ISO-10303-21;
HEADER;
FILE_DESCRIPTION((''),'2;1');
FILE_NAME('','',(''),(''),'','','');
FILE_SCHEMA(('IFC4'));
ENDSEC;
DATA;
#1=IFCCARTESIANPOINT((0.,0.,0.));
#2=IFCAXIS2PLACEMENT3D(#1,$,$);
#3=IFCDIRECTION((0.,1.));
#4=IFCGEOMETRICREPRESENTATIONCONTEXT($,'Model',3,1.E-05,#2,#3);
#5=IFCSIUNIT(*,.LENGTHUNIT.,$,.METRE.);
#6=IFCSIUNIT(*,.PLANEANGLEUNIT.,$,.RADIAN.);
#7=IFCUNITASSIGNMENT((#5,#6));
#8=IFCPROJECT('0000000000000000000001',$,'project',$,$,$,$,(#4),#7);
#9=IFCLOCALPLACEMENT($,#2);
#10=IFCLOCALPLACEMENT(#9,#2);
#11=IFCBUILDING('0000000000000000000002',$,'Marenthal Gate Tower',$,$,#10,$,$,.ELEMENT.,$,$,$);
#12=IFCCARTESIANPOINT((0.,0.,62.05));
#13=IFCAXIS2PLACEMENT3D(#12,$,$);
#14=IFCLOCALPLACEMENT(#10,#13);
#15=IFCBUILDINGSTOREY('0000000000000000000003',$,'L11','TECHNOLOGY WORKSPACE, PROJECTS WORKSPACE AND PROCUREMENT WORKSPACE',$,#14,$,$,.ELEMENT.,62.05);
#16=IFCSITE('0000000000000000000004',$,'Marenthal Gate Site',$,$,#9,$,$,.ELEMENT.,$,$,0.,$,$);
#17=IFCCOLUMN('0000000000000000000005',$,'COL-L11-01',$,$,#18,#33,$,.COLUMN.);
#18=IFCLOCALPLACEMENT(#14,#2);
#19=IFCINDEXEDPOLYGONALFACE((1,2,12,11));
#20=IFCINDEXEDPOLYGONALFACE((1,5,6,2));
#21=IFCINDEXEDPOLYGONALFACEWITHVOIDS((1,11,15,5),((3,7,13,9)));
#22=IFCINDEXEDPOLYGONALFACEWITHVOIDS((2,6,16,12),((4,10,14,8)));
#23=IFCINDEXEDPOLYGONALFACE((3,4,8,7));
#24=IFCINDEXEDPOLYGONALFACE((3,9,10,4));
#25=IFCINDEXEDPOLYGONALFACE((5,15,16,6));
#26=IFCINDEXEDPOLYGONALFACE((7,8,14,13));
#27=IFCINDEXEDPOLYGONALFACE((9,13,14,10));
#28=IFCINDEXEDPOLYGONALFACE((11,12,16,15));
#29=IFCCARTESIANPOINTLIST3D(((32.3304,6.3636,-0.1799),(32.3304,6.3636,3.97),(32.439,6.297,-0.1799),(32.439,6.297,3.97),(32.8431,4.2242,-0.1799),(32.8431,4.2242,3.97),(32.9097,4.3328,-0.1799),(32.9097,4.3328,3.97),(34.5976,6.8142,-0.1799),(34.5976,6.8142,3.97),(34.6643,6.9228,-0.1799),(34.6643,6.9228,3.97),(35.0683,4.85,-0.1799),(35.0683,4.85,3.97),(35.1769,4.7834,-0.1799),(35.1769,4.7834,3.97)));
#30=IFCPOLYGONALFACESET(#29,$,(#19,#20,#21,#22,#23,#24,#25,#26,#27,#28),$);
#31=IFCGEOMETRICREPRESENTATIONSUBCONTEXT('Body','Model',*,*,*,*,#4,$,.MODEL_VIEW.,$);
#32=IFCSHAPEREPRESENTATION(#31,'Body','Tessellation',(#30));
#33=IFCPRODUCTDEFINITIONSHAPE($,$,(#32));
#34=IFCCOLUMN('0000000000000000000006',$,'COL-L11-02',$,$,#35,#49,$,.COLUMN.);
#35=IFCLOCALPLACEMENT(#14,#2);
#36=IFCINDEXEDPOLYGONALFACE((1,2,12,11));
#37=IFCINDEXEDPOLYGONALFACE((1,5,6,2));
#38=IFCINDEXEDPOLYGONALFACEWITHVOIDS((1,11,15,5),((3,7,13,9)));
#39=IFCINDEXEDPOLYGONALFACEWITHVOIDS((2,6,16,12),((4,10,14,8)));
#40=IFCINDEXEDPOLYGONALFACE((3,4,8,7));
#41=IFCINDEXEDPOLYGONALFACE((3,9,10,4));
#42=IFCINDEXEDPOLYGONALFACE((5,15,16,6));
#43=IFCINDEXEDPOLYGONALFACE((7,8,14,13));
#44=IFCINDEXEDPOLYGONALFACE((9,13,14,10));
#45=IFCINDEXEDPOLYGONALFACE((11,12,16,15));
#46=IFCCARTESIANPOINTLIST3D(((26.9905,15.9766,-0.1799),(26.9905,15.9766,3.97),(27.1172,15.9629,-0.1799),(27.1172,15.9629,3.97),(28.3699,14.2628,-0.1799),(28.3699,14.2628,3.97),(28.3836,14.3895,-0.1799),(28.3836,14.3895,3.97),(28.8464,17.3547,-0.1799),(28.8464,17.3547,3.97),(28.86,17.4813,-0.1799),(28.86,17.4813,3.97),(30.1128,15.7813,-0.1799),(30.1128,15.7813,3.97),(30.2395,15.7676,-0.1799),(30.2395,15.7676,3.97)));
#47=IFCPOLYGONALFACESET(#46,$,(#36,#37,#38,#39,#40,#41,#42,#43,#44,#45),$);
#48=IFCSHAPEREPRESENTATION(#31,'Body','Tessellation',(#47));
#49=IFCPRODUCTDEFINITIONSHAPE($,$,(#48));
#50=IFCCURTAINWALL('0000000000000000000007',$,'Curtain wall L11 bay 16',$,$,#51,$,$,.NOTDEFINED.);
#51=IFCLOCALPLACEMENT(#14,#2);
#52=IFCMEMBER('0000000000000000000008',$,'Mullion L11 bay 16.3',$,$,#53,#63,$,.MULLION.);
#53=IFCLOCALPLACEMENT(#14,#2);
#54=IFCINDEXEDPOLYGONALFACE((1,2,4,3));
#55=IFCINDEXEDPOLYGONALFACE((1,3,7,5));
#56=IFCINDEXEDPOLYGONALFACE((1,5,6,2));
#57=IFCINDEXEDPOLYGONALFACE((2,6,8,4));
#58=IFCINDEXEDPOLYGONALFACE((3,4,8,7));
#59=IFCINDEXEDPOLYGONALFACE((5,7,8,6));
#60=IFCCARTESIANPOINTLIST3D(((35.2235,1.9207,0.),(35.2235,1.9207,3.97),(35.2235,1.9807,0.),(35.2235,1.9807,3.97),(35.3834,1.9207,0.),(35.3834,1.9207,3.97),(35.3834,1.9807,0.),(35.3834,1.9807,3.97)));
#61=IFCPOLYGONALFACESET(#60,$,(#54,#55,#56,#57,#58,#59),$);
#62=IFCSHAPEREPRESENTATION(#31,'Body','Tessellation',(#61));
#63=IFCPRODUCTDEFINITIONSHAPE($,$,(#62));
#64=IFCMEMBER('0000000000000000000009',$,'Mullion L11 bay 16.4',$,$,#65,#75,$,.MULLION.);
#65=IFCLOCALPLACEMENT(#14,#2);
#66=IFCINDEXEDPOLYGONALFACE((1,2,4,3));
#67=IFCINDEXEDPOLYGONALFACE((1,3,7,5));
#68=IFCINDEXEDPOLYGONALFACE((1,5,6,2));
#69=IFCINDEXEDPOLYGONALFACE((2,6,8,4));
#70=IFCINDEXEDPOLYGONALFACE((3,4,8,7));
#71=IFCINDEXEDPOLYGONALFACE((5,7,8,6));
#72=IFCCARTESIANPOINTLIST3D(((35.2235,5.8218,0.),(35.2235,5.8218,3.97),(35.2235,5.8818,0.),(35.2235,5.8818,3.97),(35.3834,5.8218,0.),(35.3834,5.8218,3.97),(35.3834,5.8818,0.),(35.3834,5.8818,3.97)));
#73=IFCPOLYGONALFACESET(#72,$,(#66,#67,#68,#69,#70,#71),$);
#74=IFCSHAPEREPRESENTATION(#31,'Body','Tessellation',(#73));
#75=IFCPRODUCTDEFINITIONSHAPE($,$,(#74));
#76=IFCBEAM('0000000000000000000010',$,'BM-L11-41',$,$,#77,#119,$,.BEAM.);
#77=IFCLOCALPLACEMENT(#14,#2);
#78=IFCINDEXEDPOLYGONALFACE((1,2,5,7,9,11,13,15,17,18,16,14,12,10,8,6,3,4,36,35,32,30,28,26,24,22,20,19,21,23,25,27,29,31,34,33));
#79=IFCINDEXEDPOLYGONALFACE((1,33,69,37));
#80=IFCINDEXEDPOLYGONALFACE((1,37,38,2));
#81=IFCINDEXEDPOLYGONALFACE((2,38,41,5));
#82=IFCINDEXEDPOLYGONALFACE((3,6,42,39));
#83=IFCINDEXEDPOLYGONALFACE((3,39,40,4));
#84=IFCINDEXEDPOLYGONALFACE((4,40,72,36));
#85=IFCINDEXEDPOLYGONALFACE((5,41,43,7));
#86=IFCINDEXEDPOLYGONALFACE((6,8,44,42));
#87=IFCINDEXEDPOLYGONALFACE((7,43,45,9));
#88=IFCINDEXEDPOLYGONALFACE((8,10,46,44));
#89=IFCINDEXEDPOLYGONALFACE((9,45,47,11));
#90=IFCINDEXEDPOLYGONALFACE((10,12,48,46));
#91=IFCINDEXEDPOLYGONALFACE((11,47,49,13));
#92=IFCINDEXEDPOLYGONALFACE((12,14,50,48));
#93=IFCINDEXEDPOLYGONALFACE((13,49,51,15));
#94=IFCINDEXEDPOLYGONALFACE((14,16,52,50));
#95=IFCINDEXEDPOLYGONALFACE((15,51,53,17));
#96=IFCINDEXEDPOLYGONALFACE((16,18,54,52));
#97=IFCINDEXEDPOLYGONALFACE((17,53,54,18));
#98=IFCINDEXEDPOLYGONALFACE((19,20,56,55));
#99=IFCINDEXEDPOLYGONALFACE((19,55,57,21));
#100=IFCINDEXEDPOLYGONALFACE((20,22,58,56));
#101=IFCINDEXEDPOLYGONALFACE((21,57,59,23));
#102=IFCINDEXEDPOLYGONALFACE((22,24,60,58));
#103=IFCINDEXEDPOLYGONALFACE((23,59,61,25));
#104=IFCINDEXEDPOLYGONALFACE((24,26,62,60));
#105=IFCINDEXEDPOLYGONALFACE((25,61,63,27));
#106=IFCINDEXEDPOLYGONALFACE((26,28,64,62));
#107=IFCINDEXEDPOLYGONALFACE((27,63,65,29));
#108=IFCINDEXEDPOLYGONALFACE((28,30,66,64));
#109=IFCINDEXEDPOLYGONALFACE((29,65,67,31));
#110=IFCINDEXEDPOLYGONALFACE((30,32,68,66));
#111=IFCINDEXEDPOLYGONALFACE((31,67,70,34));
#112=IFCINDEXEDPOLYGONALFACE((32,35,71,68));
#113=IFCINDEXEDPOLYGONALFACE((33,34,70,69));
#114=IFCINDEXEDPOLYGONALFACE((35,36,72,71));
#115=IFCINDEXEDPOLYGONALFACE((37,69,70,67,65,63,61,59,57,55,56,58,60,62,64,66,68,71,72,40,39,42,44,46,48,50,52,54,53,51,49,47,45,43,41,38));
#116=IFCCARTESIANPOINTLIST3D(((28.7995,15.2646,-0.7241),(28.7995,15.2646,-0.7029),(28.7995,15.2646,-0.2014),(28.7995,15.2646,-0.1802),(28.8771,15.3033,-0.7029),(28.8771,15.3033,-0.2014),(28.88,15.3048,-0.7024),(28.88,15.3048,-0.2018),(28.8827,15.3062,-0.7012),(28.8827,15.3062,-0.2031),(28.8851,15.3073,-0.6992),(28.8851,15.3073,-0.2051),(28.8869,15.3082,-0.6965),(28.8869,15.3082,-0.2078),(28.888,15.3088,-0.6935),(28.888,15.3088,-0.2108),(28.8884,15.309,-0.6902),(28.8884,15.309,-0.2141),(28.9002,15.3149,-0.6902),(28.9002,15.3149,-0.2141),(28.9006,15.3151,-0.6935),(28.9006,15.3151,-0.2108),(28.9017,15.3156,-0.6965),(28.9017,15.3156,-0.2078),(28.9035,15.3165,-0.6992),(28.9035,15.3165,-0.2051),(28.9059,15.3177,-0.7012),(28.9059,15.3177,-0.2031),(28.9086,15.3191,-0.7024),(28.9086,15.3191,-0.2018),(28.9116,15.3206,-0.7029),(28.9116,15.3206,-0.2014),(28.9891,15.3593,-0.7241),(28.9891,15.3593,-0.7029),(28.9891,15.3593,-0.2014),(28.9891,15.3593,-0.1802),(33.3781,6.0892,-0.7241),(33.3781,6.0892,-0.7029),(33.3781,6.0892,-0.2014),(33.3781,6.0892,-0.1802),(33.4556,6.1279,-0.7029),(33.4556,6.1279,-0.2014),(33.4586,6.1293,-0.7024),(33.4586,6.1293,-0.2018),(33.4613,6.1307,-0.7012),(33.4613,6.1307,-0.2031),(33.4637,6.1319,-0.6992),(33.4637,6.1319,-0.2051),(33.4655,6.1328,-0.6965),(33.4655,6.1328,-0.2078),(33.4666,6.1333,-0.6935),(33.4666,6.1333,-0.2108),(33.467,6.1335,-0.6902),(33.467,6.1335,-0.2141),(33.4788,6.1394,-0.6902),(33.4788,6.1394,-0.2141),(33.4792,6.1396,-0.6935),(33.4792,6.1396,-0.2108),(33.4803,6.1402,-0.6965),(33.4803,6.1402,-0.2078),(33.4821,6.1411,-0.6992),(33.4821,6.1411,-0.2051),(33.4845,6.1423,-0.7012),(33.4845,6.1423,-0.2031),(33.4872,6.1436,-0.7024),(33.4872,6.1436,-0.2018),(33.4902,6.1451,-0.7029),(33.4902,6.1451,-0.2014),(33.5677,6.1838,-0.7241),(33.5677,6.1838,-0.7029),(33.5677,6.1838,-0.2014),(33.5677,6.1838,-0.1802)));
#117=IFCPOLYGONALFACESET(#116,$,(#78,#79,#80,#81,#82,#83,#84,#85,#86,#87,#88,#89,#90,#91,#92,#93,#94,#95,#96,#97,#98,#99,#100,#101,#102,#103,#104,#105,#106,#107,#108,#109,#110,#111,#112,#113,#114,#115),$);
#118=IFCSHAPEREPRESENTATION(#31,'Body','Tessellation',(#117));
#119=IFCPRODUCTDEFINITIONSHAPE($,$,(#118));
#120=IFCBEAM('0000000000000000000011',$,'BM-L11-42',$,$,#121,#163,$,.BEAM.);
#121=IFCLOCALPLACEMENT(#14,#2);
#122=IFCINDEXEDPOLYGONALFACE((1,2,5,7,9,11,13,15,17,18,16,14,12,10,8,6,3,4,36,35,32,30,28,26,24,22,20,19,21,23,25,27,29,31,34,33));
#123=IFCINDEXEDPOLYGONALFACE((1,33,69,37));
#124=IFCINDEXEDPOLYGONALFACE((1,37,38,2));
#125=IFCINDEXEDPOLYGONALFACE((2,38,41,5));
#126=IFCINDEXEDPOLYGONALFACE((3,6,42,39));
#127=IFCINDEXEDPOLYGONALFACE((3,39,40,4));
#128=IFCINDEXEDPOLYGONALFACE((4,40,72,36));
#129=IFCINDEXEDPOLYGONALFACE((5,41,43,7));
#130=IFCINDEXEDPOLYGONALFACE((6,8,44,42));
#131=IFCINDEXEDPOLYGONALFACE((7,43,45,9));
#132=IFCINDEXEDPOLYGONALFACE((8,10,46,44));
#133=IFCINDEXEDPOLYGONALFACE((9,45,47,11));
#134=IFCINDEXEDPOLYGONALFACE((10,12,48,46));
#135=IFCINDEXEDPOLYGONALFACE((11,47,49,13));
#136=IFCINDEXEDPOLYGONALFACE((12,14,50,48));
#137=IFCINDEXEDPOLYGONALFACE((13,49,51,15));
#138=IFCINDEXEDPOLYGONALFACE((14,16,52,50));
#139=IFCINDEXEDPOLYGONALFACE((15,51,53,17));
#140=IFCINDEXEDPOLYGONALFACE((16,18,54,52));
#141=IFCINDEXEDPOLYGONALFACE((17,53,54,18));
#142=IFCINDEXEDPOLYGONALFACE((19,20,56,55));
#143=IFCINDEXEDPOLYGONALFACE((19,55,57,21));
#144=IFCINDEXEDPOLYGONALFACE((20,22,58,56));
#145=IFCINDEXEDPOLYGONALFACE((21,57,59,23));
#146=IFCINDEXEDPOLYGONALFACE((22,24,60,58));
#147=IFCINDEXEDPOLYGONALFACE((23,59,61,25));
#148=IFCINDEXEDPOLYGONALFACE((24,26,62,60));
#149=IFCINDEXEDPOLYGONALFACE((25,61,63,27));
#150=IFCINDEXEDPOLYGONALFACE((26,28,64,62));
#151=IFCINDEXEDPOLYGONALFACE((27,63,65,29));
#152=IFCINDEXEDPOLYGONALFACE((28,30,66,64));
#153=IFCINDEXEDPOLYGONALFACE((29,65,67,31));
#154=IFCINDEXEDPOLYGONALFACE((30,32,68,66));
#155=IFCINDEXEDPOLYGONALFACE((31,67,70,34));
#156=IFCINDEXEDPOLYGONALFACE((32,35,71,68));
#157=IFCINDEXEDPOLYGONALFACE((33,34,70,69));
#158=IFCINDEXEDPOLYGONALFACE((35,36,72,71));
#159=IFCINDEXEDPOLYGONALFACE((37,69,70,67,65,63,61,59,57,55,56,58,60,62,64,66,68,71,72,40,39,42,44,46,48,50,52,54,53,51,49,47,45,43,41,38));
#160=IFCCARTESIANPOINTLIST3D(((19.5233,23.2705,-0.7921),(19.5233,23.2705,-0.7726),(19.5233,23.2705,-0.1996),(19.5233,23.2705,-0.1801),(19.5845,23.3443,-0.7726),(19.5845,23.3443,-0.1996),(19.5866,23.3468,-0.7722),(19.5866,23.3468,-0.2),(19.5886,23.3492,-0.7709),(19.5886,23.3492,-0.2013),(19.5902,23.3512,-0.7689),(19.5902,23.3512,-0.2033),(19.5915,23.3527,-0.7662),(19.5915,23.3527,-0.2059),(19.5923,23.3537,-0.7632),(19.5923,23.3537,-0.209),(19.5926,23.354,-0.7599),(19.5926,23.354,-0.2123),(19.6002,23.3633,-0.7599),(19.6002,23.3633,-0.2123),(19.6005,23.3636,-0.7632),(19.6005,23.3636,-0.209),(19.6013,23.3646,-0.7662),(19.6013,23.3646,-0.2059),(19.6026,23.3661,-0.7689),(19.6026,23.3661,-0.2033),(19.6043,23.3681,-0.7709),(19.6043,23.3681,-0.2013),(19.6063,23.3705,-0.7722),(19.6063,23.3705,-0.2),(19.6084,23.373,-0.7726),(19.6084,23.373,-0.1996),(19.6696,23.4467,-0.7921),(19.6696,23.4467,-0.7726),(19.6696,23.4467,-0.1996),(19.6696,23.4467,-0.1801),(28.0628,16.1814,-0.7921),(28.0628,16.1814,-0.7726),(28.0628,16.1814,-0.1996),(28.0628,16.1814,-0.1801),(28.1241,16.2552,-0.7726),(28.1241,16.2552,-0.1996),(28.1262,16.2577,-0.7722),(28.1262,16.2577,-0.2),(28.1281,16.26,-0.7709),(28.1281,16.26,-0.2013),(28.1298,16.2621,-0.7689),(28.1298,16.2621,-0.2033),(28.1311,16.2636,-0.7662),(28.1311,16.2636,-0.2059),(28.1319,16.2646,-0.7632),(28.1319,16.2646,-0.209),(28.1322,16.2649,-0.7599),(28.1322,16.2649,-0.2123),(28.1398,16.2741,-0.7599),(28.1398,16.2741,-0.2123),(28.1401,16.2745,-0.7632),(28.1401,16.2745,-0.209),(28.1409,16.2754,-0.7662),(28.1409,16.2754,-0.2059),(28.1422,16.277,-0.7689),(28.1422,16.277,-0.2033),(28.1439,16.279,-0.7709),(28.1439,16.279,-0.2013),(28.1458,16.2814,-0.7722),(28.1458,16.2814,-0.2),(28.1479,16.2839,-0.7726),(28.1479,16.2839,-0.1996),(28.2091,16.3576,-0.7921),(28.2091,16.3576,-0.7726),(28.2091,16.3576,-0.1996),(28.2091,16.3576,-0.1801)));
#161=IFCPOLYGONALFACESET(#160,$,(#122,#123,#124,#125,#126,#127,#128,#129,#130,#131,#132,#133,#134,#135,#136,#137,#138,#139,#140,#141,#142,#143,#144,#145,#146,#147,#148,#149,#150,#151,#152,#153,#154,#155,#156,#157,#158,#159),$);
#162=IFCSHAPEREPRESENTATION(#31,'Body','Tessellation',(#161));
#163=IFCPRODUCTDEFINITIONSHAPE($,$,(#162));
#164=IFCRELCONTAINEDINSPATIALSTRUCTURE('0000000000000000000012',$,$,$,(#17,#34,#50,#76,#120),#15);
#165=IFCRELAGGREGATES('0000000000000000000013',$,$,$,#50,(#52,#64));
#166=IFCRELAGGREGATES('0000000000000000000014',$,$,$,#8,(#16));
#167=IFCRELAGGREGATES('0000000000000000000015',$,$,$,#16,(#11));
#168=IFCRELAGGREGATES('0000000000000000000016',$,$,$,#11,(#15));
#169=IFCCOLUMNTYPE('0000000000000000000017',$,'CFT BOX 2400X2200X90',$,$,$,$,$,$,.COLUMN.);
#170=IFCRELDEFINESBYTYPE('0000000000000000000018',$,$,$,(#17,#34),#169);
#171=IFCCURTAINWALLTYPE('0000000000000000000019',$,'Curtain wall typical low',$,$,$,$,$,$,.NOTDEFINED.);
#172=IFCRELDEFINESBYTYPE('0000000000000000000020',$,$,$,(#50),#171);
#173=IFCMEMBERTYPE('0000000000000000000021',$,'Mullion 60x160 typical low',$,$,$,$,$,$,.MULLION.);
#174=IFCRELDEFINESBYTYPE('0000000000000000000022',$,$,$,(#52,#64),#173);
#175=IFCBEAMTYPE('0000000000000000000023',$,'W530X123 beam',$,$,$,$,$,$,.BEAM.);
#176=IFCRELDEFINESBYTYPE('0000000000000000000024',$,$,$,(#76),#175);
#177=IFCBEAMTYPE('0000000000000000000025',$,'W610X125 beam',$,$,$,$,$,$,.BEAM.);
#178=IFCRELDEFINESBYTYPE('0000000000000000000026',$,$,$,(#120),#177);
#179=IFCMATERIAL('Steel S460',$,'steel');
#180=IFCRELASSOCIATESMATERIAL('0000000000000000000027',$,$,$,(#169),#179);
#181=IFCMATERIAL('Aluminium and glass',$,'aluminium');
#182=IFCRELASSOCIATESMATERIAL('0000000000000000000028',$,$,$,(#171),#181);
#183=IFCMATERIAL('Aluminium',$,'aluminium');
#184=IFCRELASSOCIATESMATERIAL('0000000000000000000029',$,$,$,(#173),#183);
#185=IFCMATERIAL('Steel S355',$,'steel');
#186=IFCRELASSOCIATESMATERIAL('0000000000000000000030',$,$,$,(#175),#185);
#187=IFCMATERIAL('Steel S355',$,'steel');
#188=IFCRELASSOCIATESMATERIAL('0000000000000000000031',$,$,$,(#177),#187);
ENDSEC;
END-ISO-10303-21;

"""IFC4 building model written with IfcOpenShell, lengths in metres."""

from ifc_helpers import new_model, si_unit, direction, frame, origin, origin_2d, place, context, subcontext, project, spatial, rectangle, hollow_rectangle, i_section, extrude, material, material_profile, profile_set, type_object, element, aggregate, save


model = new_model("IFC4")

# Units and contexts
model_context = context("Model", 3, precision=1e-05, world=origin(), true_north=direction((0.0, 1.0)))
body_context = subcontext(model_context, "Body", "Model", "MODEL_VIEW")
ifc_project = project(units=[si_unit("LENGTHUNIT", "METRE"), si_unit("PLANEANGLEUNIT", "RADIAN")], contexts=[model_context])

# Site, building, storey
site_placement = place(None, origin())
site = spatial("IfcSite", under=ifc_project, at=site_placement, Name="Marenthal Gate Site", CompositionType="ELEMENT", RefElevation=0.0)
building_placement = place(site_placement, origin())
building = spatial("IfcBuilding", under=site, at=building_placement, Name="Marenthal Gate Tower", CompositionType="ELEMENT")
storey_placement = place(building_placement, frame((0.0, 0.0, 62.05)))
storey = spatial("IfcBuildingStorey", under=building, at=storey_placement, Name="L11", Description="TECHNOLOGY WORKSPACE, PROJECTS WORKSPACE AND PROCUREMENT WORKSPACE", CompositionType="ELEMENT", Elevation=62.05)

# Columns
ifc_material_1 = material(Name="Steel S460", Category="steel")
ifc_material_profile_1 = material_profile(ifc_material_1, hollow_rectangle(XDim=2.2, YDim=2.3999, WallThickness=0.0901, at=origin_2d()), Name="CFT BOX 2400X2200X90")
ifc_material_2 = material(Name="Concrete 70 MPa", Category="concrete")
ifc_material_profile_2 = material_profile(ifc_material_2, rectangle(XDim=2.02, YDim=2.22, at=origin_2d()), Name="CFT BOX 2400X2200X90 INFILL")
ifc_profile_set_1 = profile_set([ifc_material_profile_1, ifc_material_profile_2], Name="Steel S460 shell, Concrete 70 MPa infill")
column_type = type_object("IfcColumnType", Name="CFT BOX 2400X2200X90", PredefinedType="COLUMN", material=ifc_profile_set_1)
for number, where, z_axis, x_axis, name in (
    (1, (33.7537, 5.5735, -0.1799), (0.0, 0.0, 1.0), (0.233019, -0.972472, 0.0), "COL-L11-01"),
    (2, (28.615, 15.8721, -0.1799), (0.0, 0.0, 1.0), (0.627023, -0.779001, 0.0), "COL-L11-02"),
):
    element("IfcColumn", number, at=place(storey_placement, frame(where, z_axis=z_axis, x_axis=x_axis)), inside=storey, type_object=column_type, Name=name, PredefinedType="COLUMN", context=body_context, shape_type="SweptSolid", body=[
        extrude(hollow_rectangle(XDim=2.2, YDim=2.3999, WallThickness=0.0901, at=origin_2d()), origin(), (0.0, 0.0, 1.0), 4.1499),
    ])

# Curtain wall, members
ifc_material_3 = material(Name="Aluminium and glass", Category="aluminium")
curtain_wall_type = type_object("IfcCurtainWallType", Name="Curtain wall typical low", PredefinedType="NOTDEFINED", material=ifc_material_3)
curtain_wall_placement = place(storey_placement, origin())
curtain_wall = element("IfcCurtainWall", 3, at=curtain_wall_placement, inside=storey, type_object=curtain_wall_type, Name="Curtain wall L11 bay 16", PredefinedType="NOTDEFINED")
ifc_material_4 = material(Name="Aluminium", Category="aluminium")
ifc_material_profile_3 = material_profile(ifc_material_4, rectangle(XDim=0.1599, YDim=0.0601, at=origin_2d()), Name="60x160 aluminium mullion")
ifc_profile_set_2 = profile_set([ifc_material_profile_3], Name="Aluminium")
member_type = type_object("IfcMemberType", Name="Mullion 60x160 typical low", PredefinedType="MULLION", material=ifc_profile_set_2)
member_1_placement = place(storey_placement, frame((35.3035, 1.9507, 0.0), z_axis=(0.0, 0.0, 1.0), x_axis=(-1.0, 0.0, 0.0)))
member_1 = element("IfcMember", 4, at=member_1_placement, type_object=member_type, Name="Mullion L11 bay 16.3", PredefinedType="MULLION", context=body_context, shape_type="SweptSolid", body=[
    extrude(rectangle(XDim=0.1599, YDim=0.0601, at=origin_2d()), origin(), (0.0, 0.0, 1.0), 3.97),
])
member_2_placement = place(storey_placement, frame((35.3035, 5.8518, 0.0), z_axis=(0.0, 0.0, 1.0), x_axis=(-1.0, 0.0, 0.0)))
member_2 = element("IfcMember", 5, at=member_2_placement, type_object=member_type, Name="Mullion L11 bay 16.4", PredefinedType="MULLION", context=body_context, shape_type="SweptSolid", body=[
    extrude(rectangle(XDim=0.1599, YDim=0.0601, at=origin_2d()), origin(), (0.0, 0.0, 1.0), 3.97),
])

# Beams
ifc_material_5 = material(Name="Steel S355", Category="steel")
ifc_material_profile_4 = material_profile(ifc_material_5, i_section(OverallWidth=0.2119, OverallDepth=0.5439, WebThickness=0.0132, FlangeThickness=0.0212, FilletRadius=0.0127, at=origin_2d()), Name="W530X123")
ifc_profile_set_3 = profile_set([ifc_material_profile_4], Name="Steel S355")
beam_type_1 = type_object("IfcBeamType", Name="W530X123 beam", PredefinedType="BEAM", material=ifc_profile_set_3)
beam_1_placement = place(storey_placement, frame((33.4729, 6.1365, -0.4521), z_axis=(-0.446499, 0.894784, 0.0), x_axis=(-0.894784, -0.446499, 0.0)))
element("IfcBeam", 6, at=beam_1_placement, inside=storey, type_object=beam_type_1, Name="BM-L11-41", PredefinedType="BEAM", context=body_context, shape_type="SweptSolid", body=[
    extrude(i_section(OverallWidth=0.2119, OverallDepth=0.5439, WebThickness=0.0132, FlangeThickness=0.0212, FilletRadius=0.0127, at=origin_2d()), origin(), (0.0, 0.0, 1.0), 10.2544),
])
ifc_material_6 = material(Name="Steel S355", Category="steel")
ifc_material_profile_5 = material_profile(ifc_material_6, i_section(OverallWidth=0.229, OverallDepth=0.6121, WebThickness=0.012, FlangeThickness=0.0195, FilletRadius=0.0127, at=origin_2d()), Name="W610X125")
ifc_profile_set_4 = profile_set([ifc_material_profile_5], Name="Steel S355")
beam_type_2 = type_object("IfcBeamType", Name="W610X125 beam", PredefinedType="BEAM", material=ifc_profile_set_4)
beam_2_placement = place(storey_placement, frame((28.136, 16.2695, -0.4861), z_axis=(-0.769424, 0.638738, 0.0), x_axis=(-0.638738, -0.769424, 0.0)))
element("IfcBeam", 7, at=beam_2_placement, inside=storey, type_object=beam_type_2, Name="BM-L11-42", PredefinedType="BEAM", context=body_context, shape_type="SweptSolid", body=[
    extrude(i_section(OverallWidth=0.229, OverallDepth=0.6121, WebThickness=0.012, FlangeThickness=0.0195, FilletRadius=0.0127, at=origin_2d()), origin(), (0.0, 0.0, 1.0), 11.0986),
])

aggregate(curtain_wall, [member_1, member_2])

save(model, "model.ifc")
